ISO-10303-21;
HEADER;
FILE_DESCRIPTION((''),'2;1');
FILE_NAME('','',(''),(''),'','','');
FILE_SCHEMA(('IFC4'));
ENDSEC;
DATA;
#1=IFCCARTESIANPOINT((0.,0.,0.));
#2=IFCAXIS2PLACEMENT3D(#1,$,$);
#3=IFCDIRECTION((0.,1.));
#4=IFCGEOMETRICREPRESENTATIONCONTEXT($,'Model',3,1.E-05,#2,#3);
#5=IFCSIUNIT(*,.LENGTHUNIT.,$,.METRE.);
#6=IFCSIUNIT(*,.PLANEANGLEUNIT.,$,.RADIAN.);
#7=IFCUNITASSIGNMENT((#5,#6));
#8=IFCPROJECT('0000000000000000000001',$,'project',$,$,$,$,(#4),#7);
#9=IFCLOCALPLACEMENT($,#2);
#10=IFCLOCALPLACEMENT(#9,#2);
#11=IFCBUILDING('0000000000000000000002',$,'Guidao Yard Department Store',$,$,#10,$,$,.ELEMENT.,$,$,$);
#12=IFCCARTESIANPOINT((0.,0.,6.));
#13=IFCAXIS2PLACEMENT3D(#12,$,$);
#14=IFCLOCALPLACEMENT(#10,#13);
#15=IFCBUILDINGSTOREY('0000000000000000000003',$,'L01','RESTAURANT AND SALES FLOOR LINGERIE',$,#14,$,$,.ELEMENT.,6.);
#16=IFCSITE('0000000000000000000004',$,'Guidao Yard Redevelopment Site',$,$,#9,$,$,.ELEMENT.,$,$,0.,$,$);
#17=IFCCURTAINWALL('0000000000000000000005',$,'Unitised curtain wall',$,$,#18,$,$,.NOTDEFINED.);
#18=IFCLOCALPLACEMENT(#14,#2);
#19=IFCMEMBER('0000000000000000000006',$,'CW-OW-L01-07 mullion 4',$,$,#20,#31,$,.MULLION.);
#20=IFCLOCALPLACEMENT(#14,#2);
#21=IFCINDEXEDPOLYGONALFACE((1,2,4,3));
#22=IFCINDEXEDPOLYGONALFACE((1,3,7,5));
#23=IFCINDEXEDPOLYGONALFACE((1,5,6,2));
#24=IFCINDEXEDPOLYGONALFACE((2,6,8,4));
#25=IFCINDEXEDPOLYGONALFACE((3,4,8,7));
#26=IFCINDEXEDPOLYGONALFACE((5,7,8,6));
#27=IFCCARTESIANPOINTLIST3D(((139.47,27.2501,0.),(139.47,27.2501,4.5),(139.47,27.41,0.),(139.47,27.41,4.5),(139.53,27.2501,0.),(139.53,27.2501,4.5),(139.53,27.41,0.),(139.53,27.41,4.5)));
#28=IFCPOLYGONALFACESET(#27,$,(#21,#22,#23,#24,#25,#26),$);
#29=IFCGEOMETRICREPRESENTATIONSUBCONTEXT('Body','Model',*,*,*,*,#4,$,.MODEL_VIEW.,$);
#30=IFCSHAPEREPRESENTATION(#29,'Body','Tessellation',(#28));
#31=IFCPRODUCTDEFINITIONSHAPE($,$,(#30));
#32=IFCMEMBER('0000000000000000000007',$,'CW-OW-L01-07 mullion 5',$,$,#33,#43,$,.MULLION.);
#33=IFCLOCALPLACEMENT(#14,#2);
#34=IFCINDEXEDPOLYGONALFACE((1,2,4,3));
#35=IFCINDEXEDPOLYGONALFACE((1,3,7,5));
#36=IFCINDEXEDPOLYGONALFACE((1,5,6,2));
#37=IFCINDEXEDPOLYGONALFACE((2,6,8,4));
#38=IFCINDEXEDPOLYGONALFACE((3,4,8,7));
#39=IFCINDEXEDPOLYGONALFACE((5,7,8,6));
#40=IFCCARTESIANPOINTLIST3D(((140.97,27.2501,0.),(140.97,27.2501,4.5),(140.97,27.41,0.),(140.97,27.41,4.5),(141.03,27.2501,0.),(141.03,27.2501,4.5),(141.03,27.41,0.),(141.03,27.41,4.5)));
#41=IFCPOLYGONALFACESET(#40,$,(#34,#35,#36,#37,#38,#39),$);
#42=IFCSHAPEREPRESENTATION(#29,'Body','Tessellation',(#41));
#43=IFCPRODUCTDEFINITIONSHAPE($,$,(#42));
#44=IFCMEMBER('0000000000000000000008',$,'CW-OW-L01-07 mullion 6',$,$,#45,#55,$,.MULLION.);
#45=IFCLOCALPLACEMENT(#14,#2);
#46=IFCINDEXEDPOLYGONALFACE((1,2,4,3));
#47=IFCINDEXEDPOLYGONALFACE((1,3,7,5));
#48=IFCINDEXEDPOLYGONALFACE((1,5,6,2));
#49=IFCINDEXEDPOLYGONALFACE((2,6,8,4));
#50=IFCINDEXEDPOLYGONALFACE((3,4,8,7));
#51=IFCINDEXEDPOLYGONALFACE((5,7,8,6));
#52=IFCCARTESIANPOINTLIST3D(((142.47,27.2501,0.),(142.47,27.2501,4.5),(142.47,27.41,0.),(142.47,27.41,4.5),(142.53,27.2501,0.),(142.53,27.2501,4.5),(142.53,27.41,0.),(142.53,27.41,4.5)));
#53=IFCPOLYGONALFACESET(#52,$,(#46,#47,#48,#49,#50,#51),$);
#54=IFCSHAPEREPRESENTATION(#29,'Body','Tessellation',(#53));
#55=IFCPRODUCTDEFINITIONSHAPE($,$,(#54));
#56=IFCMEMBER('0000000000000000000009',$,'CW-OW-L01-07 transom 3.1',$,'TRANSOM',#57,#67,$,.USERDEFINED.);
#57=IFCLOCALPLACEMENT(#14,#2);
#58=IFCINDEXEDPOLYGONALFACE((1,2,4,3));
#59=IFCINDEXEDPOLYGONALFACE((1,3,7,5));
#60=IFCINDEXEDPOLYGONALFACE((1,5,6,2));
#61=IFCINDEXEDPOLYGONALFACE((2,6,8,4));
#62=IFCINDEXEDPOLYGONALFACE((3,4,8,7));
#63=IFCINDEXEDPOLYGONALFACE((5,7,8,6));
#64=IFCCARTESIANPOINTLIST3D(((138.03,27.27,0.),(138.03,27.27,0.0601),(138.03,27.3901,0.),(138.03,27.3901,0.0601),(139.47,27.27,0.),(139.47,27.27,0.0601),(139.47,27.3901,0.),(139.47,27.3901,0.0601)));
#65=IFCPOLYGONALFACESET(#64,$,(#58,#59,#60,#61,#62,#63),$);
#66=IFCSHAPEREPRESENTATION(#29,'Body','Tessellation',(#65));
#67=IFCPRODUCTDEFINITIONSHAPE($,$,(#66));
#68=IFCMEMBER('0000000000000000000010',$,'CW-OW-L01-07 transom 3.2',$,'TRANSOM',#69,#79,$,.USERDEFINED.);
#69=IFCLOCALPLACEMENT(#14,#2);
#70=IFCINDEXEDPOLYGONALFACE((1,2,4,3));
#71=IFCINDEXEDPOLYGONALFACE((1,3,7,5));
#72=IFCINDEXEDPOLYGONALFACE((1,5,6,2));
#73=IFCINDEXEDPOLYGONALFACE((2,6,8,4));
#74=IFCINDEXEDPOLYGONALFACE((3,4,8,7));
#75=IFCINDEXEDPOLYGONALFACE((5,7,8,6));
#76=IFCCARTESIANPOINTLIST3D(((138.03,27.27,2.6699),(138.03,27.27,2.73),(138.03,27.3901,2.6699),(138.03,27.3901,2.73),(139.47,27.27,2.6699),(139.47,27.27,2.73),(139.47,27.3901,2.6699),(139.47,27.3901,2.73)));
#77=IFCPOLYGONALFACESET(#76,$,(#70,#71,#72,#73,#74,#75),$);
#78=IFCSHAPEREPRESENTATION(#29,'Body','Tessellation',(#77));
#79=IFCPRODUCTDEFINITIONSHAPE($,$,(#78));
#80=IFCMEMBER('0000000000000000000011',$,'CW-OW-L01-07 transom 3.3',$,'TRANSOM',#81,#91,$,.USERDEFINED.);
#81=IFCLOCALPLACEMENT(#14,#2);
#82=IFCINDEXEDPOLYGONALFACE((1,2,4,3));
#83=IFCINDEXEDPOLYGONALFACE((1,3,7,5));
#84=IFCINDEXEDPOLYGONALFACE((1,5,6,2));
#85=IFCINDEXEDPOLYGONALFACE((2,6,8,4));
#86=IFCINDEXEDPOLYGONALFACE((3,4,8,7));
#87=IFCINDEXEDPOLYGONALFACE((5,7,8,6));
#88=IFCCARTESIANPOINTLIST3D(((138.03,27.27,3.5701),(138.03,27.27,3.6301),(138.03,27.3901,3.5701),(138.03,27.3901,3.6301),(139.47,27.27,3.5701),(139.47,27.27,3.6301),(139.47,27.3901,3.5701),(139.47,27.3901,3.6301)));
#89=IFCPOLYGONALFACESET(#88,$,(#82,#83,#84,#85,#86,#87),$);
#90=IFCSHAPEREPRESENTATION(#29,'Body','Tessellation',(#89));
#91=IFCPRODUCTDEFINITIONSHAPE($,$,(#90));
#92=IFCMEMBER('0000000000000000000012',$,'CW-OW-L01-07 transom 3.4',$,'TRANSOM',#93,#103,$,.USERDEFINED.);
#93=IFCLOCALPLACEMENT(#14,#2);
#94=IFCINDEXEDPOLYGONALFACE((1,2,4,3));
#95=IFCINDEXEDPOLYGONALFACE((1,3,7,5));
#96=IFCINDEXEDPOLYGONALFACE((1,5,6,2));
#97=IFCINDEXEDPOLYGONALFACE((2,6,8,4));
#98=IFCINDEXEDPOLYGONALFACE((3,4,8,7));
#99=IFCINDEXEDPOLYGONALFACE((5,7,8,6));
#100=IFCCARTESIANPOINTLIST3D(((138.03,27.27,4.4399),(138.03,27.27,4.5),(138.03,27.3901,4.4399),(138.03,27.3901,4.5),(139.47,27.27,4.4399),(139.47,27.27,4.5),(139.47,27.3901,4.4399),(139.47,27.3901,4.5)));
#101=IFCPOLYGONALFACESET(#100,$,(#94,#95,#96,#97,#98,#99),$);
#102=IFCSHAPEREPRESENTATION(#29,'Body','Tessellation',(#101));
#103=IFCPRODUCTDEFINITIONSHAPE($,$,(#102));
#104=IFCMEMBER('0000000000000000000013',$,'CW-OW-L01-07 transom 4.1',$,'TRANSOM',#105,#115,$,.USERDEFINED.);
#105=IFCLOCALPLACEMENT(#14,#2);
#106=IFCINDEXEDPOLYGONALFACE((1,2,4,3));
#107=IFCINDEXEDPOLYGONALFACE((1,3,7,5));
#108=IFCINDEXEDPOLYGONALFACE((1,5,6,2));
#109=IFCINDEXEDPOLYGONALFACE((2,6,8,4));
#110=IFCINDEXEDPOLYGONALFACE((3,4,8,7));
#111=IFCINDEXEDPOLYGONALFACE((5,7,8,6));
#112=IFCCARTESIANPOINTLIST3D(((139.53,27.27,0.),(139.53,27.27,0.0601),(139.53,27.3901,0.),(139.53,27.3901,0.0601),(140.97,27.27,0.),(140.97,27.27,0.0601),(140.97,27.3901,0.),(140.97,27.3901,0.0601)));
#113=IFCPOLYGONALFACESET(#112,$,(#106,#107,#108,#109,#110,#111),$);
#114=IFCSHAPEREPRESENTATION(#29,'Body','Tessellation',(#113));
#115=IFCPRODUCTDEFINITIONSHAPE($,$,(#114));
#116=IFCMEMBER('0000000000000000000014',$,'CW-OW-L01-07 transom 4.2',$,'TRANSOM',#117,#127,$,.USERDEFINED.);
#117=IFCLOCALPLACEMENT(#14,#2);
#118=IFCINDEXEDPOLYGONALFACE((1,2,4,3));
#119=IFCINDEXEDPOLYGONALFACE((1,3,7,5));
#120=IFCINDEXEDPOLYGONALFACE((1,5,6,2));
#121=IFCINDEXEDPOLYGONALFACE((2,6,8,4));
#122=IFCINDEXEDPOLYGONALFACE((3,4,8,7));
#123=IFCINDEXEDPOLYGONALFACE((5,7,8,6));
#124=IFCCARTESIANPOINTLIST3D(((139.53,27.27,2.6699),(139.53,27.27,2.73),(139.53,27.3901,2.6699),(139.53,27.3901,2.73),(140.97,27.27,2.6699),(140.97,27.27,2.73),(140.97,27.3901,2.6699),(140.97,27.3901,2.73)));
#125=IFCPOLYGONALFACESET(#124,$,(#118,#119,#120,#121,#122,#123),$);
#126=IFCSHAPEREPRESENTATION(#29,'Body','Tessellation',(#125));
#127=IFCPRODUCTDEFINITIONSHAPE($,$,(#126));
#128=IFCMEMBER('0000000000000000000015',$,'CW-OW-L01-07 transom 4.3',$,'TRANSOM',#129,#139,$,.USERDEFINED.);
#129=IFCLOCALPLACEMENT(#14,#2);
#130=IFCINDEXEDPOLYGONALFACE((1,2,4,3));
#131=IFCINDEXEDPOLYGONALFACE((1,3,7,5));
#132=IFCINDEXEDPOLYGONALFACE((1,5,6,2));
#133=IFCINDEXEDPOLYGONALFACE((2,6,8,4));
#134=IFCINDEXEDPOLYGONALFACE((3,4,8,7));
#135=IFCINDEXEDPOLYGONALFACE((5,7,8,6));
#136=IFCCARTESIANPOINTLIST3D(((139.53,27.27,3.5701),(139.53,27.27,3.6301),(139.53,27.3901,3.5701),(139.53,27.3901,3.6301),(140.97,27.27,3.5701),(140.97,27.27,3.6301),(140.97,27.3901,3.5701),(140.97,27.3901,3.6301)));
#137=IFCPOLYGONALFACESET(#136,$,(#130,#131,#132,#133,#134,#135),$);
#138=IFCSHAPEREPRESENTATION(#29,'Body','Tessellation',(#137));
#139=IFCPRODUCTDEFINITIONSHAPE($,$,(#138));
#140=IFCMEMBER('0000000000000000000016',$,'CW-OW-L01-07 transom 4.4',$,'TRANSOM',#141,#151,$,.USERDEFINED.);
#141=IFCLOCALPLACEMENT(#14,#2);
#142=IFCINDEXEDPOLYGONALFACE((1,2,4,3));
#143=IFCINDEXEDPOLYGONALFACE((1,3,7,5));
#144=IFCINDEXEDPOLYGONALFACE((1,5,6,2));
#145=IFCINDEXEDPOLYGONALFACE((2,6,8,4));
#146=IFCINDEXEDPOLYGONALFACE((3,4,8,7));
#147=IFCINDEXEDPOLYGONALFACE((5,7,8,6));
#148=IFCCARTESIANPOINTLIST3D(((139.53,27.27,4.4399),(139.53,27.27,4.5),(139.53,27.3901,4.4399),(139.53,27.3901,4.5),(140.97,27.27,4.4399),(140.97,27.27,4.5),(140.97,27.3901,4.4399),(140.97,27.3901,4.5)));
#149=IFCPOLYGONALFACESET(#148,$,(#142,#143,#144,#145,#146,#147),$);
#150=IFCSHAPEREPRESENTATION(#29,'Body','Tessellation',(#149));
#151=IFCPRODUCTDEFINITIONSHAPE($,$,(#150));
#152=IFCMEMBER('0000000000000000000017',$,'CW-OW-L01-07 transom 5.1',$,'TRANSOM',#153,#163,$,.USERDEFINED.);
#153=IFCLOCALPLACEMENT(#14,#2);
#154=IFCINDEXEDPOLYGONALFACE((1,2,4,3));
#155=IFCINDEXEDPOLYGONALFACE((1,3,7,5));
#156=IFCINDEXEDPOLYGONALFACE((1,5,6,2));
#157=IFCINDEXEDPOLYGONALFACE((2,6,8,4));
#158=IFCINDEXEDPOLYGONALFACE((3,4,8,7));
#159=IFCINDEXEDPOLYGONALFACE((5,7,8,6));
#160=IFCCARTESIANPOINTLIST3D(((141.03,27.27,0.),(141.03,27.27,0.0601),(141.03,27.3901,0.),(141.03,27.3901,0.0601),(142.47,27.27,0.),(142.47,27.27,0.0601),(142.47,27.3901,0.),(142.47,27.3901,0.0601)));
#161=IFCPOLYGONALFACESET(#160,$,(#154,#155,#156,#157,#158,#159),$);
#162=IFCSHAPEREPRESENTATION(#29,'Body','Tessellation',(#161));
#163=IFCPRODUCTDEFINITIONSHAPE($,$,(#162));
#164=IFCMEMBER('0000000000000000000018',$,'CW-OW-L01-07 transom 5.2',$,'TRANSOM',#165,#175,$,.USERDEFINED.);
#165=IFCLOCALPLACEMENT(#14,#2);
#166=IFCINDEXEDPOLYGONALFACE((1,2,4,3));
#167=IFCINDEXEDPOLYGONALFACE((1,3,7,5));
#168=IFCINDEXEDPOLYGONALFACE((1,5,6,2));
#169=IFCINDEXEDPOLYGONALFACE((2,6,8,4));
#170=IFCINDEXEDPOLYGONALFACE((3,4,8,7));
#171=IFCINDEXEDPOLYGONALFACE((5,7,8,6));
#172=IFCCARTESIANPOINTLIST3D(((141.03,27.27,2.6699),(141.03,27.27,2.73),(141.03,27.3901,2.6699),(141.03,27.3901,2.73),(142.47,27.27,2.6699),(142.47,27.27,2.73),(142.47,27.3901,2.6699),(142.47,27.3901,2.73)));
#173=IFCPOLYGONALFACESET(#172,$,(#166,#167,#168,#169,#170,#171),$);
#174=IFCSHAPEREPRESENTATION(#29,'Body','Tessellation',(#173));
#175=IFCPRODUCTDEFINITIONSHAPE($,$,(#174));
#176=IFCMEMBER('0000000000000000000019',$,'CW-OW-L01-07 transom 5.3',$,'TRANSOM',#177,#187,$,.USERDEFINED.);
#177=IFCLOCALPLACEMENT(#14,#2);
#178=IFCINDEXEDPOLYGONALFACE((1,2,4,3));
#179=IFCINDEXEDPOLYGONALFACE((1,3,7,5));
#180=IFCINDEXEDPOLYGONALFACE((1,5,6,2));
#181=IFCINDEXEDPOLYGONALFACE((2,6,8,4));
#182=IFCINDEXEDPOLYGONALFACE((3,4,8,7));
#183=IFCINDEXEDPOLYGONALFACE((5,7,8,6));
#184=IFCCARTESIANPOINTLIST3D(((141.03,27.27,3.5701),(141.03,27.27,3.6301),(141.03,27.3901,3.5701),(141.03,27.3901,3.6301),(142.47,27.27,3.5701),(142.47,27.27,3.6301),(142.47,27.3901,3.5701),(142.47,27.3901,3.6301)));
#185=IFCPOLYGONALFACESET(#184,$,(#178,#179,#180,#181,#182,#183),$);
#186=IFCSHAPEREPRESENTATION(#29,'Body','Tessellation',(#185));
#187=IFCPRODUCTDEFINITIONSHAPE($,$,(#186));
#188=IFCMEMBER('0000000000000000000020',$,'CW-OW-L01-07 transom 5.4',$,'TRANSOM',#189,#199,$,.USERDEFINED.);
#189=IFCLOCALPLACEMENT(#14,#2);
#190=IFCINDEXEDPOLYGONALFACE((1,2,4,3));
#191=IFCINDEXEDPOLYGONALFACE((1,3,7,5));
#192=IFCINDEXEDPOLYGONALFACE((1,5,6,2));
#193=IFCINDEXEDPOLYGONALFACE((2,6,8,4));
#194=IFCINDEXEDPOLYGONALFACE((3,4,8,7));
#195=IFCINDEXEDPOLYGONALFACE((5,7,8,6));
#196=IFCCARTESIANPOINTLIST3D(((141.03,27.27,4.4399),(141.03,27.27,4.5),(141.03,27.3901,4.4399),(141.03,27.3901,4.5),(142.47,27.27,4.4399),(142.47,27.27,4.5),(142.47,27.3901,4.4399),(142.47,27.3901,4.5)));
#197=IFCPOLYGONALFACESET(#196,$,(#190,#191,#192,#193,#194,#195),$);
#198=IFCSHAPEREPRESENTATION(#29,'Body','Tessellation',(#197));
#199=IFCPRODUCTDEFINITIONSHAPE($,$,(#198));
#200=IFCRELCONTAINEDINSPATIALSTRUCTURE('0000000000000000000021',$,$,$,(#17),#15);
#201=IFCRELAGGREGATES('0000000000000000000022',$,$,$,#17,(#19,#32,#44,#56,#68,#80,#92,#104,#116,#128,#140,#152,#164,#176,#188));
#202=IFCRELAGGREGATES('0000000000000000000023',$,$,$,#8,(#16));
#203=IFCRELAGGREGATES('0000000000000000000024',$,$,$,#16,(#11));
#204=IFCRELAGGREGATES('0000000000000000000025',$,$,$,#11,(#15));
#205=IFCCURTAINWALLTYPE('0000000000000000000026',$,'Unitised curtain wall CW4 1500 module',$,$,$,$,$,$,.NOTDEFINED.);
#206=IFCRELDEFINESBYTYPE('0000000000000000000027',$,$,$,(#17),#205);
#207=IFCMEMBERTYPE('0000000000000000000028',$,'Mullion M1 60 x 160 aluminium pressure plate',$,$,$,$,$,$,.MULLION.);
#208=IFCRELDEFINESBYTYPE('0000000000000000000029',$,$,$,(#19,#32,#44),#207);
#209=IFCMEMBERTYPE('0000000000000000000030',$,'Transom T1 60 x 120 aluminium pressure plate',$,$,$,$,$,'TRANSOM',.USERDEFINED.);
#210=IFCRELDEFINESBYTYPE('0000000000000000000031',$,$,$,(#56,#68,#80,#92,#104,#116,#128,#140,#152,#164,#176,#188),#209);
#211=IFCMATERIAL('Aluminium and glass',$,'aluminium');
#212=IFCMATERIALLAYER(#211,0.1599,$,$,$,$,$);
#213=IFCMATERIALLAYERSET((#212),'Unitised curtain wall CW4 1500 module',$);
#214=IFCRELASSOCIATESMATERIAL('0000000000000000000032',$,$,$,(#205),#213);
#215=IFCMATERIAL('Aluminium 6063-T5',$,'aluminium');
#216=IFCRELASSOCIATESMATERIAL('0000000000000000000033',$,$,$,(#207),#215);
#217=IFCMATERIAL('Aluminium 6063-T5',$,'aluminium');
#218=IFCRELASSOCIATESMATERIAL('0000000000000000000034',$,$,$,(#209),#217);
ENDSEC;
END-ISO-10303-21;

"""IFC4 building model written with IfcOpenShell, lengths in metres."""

from ifc_helpers import new_model, si_unit, direction, frame, origin, origin_2d, place, context, subcontext, project, spatial, rectangle, extrude, material, layer, layer_set, material_profile, profile_set, type_object, element, aggregate, save


model = new_model("IFC4")

# Units and contexts
model_context = context("Model", 3, precision=1e-05, world=origin(), true_north=direction((0.0, 1.0)))
body_context = subcontext(model_context, "Body", "Model", "MODEL_VIEW")
ifc_project = project(units=[si_unit("LENGTHUNIT", "METRE"), si_unit("PLANEANGLEUNIT", "RADIAN")], contexts=[model_context])

# Site, building, storey
site_placement = place(None, origin())
site = spatial("IfcSite", under=ifc_project, at=site_placement, Name="Guidao Yard Redevelopment Site", CompositionType="ELEMENT", RefElevation=0.0)
building_placement = place(site_placement, origin())
building = spatial("IfcBuilding", under=site, at=building_placement, Name="Guidao Yard Department Store", CompositionType="ELEMENT")
storey_placement = place(building_placement, frame((0.0, 0.0, 6.0)))
storey = spatial("IfcBuildingStorey", under=building, at=storey_placement, Name="L01", Description="RESTAURANT AND SALES FLOOR LINGERIE", CompositionType="ELEMENT", Elevation=6.0)

# Curtain wall, members
ifc_material_1 = material(Name="Aluminium and glass", Category="aluminium")
ifc_layer_1 = layer(ifc_material_1, 0.1599)
ifc_layer_set_1 = layer_set([ifc_layer_1], Name="Unitised curtain wall CW4 1500 module")
curtain_wall_type = type_object("IfcCurtainWallType", Name="Unitised curtain wall CW4 1500 module", PredefinedType="NOTDEFINED", material=ifc_layer_set_1)
curtain_wall_placement = place(storey_placement, origin())
curtain_wall = element("IfcCurtainWall", 1, at=curtain_wall_placement, inside=storey, type_object=curtain_wall_type, Name="Unitised curtain wall", PredefinedType="NOTDEFINED")
ifc_material_2 = material(Name="Aluminium 6063-T5", Category="aluminium")
ifc_material_profile_1 = material_profile(ifc_material_2, rectangle(XDim=0.0601, YDim=0.1599, at=origin_2d()), Name="Mullion M1 60 x 160 aluminium pressure plate")
ifc_profile_set_1 = profile_set([ifc_material_profile_1], Name="Aluminium 6063-T5")
member_type_1 = type_object("IfcMemberType", Name="Mullion M1 60 x 160 aluminium pressure plate", PredefinedType="MULLION", material=ifc_profile_set_1)
member_1_placement = place(storey_placement, frame((139.5, 27.3301, 0.0), z_axis=(0.0, 0.0, 1.0), x_axis=(1.0, 0.0, 0.0)))
member_1 = element("IfcMember", 2, at=member_1_placement, type_object=member_type_1, Name="CW-OW-L01-07 mullion 4", PredefinedType="MULLION", context=body_context, shape_type="SweptSolid", body=[
    extrude(rectangle(XDim=0.0601, YDim=0.1599, at=origin_2d()), origin(), (0.0, 0.0, 1.0), 4.5),
])
member_2_placement = place(storey_placement, frame((141.0, 27.3301, 0.0), z_axis=(0.0, 0.0, 1.0), x_axis=(1.0, 0.0, 0.0)))
member_2 = element("IfcMember", 3, at=member_2_placement, type_object=member_type_1, Name="CW-OW-L01-07 mullion 5", PredefinedType="MULLION", context=body_context, shape_type="SweptSolid", body=[
    extrude(rectangle(XDim=0.0601, YDim=0.1599, at=origin_2d()), origin(), (0.0, 0.0, 1.0), 4.5),
])
member_3_placement = place(storey_placement, frame((142.5, 27.3301, 0.0), z_axis=(0.0, 0.0, 1.0), x_axis=(1.0, 0.0, 0.0)))
member_3 = element("IfcMember", 4, at=member_3_placement, type_object=member_type_1, Name="CW-OW-L01-07 mullion 6", PredefinedType="MULLION", context=body_context, shape_type="SweptSolid", body=[
    extrude(rectangle(XDim=0.0601, YDim=0.1599, at=origin_2d()), origin(), (0.0, 0.0, 1.0), 4.5),
])
ifc_material_3 = material(Name="Aluminium 6063-T5", Category="aluminium")
ifc_material_profile_2 = material_profile(ifc_material_3, rectangle(XDim=0.1201, YDim=0.0601, at=origin_2d()), Name="Transom T1 60 x 120 aluminium pressure plate")
ifc_profile_set_2 = profile_set([ifc_material_profile_2], Name="Aluminium 6063-T5")
member_type_2 = type_object("IfcMemberType", Name="Transom T1 60 x 120 aluminium pressure plate", ElementType="TRANSOM", PredefinedType="USERDEFINED", material=ifc_profile_set_2)
member_4_placement = place(storey_placement, frame((138.03, 27.3301, 0.03), z_axis=(1.0, 0.0, 0.0), x_axis=(0.0, 1.0, 0.0)))
member_4 = element("IfcMember", 5, at=member_4_placement, type_object=member_type_2, Name="CW-OW-L01-07 transom 3.1", ObjectType="TRANSOM", PredefinedType="USERDEFINED", context=body_context, shape_type="SweptSolid", body=[
    extrude(rectangle(XDim=0.1201, YDim=0.0601, at=origin_2d()), origin(), (0.0, 0.0, 1.0), 1.4399),
])
member_5_placement = place(storey_placement, frame((138.03, 27.3301, 2.7), z_axis=(1.0, 0.0, 0.0), x_axis=(0.0, 1.0, 0.0)))
member_5 = element("IfcMember", 6, at=member_5_placement, type_object=member_type_2, Name="CW-OW-L01-07 transom 3.2", ObjectType="TRANSOM", PredefinedType="USERDEFINED", context=body_context, shape_type="SweptSolid", body=[
    extrude(rectangle(XDim=0.1201, YDim=0.0601, at=origin_2d()), origin(), (0.0, 0.0, 1.0), 1.4399),
])
member_6_placement = place(storey_placement, frame((138.03, 27.3301, 3.6001), z_axis=(1.0, 0.0, 0.0), x_axis=(0.0, 1.0, 0.0)))
member_6 = element("IfcMember", 7, at=member_6_placement, type_object=member_type_2, Name="CW-OW-L01-07 transom 3.3", ObjectType="TRANSOM", PredefinedType="USERDEFINED", context=body_context, shape_type="SweptSolid", body=[
    extrude(rectangle(XDim=0.1201, YDim=0.0601, at=origin_2d()), origin(), (0.0, 0.0, 1.0), 1.4399),
])
member_7_placement = place(storey_placement, frame((138.03, 27.3301, 4.47), z_axis=(1.0, 0.0, 0.0), x_axis=(0.0, 1.0, 0.0)))
member_7 = element("IfcMember", 8, at=member_7_placement, type_object=member_type_2, Name="CW-OW-L01-07 transom 3.4", ObjectType="TRANSOM", PredefinedType="USERDEFINED", context=body_context, shape_type="SweptSolid", body=[
    extrude(rectangle(XDim=0.1201, YDim=0.0601, at=origin_2d()), origin(), (0.0, 0.0, 1.0), 1.4399),
])
member_8_placement = place(storey_placement, frame((139.53, 27.3301, 0.03), z_axis=(1.0, 0.0, 0.0), x_axis=(0.0, 1.0, 0.0)))
member_8 = element("IfcMember", 9, at=member_8_placement, type_object=member_type_2, Name="CW-OW-L01-07 transom 4.1", ObjectType="TRANSOM", PredefinedType="USERDEFINED", context=body_context, shape_type="SweptSolid", body=[
    extrude(rectangle(XDim=0.1201, YDim=0.0601, at=origin_2d()), origin(), (0.0, 0.0, 1.0), 1.4399),
])
member_9_placement = place(storey_placement, frame((139.53, 27.3301, 2.7), z_axis=(1.0, 0.0, 0.0), x_axis=(0.0, 1.0, 0.0)))
member_9 = element("IfcMember", 10, at=member_9_placement, type_object=member_type_2, Name="CW-OW-L01-07 transom 4.2", ObjectType="TRANSOM", PredefinedType="USERDEFINED", context=body_context, shape_type="SweptSolid", body=[
    extrude(rectangle(XDim=0.1201, YDim=0.0601, at=origin_2d()), origin(), (0.0, 0.0, 1.0), 1.4399),
])
member_10_placement = place(storey_placement, frame((139.53, 27.3301, 3.6001), z_axis=(1.0, 0.0, 0.0), x_axis=(0.0, 1.0, 0.0)))
member_10 = element("IfcMember", 11, at=member_10_placement, type_object=member_type_2, Name="CW-OW-L01-07 transom 4.3", ObjectType="TRANSOM", PredefinedType="USERDEFINED", context=body_context, shape_type="SweptSolid", body=[
    extrude(rectangle(XDim=0.1201, YDim=0.0601, at=origin_2d()), origin(), (0.0, 0.0, 1.0), 1.4399),
])
member_11_placement = place(storey_placement, frame((139.53, 27.3301, 4.47), z_axis=(1.0, 0.0, 0.0), x_axis=(0.0, 1.0, 0.0)))
member_11 = element("IfcMember", 12, at=member_11_placement, type_object=member_type_2, Name="CW-OW-L01-07 transom 4.4", ObjectType="TRANSOM", PredefinedType="USERDEFINED", context=body_context, shape_type="SweptSolid", body=[
    extrude(rectangle(XDim=0.1201, YDim=0.0601, at=origin_2d()), origin(), (0.0, 0.0, 1.0), 1.4399),
])
member_12_placement = place(storey_placement, frame((141.03, 27.3301, 0.03), z_axis=(1.0, 0.0, 0.0), x_axis=(0.0, 1.0, 0.0)))
member_12 = element("IfcMember", 13, at=member_12_placement, type_object=member_type_2, Name="CW-OW-L01-07 transom 5.1", ObjectType="TRANSOM", PredefinedType="USERDEFINED", context=body_context, shape_type="SweptSolid", body=[
    extrude(rectangle(XDim=0.1201, YDim=0.0601, at=origin_2d()), origin(), (0.0, 0.0, 1.0), 1.4399),
])
member_13_placement = place(storey_placement, frame((141.03, 27.3301, 2.7), z_axis=(1.0, 0.0, 0.0), x_axis=(0.0, 1.0, 0.0)))
member_13 = element("IfcMember", 14, at=member_13_placement, type_object=member_type_2, Name="CW-OW-L01-07 transom 5.2", ObjectType="TRANSOM", PredefinedType="USERDEFINED", context=body_context, shape_type="SweptSolid", body=[
    extrude(rectangle(XDim=0.1201, YDim=0.0601, at=origin_2d()), origin(), (0.0, 0.0, 1.0), 1.4399),
])
member_14_placement = place(storey_placement, frame((141.03, 27.3301, 3.6001), z_axis=(1.0, 0.0, 0.0), x_axis=(0.0, 1.0, 0.0)))
member_14 = element("IfcMember", 15, at=member_14_placement, type_object=member_type_2, Name="CW-OW-L01-07 transom 5.3", ObjectType="TRANSOM", PredefinedType="USERDEFINED", context=body_context, shape_type="SweptSolid", body=[
    extrude(rectangle(XDim=0.1201, YDim=0.0601, at=origin_2d()), origin(), (0.0, 0.0, 1.0), 1.4399),
])
member_15_placement = place(storey_placement, frame((141.03, 27.3301, 4.47), z_axis=(1.0, 0.0, 0.0), x_axis=(0.0, 1.0, 0.0)))
member_15 = element("IfcMember", 16, at=member_15_placement, type_object=member_type_2, Name="CW-OW-L01-07 transom 5.4", ObjectType="TRANSOM", PredefinedType="USERDEFINED", context=body_context, shape_type="SweptSolid", body=[
    extrude(rectangle(XDim=0.1201, YDim=0.0601, at=origin_2d()), origin(), (0.0, 0.0, 1.0), 1.4399),
])
aggregate(curtain_wall, [member_1, member_2, member_3, member_4, member_5, member_6, member_7, member_8, member_9, member_10, member_11, member_12, member_13, member_14, member_15])

save(model, "model.ifc")
